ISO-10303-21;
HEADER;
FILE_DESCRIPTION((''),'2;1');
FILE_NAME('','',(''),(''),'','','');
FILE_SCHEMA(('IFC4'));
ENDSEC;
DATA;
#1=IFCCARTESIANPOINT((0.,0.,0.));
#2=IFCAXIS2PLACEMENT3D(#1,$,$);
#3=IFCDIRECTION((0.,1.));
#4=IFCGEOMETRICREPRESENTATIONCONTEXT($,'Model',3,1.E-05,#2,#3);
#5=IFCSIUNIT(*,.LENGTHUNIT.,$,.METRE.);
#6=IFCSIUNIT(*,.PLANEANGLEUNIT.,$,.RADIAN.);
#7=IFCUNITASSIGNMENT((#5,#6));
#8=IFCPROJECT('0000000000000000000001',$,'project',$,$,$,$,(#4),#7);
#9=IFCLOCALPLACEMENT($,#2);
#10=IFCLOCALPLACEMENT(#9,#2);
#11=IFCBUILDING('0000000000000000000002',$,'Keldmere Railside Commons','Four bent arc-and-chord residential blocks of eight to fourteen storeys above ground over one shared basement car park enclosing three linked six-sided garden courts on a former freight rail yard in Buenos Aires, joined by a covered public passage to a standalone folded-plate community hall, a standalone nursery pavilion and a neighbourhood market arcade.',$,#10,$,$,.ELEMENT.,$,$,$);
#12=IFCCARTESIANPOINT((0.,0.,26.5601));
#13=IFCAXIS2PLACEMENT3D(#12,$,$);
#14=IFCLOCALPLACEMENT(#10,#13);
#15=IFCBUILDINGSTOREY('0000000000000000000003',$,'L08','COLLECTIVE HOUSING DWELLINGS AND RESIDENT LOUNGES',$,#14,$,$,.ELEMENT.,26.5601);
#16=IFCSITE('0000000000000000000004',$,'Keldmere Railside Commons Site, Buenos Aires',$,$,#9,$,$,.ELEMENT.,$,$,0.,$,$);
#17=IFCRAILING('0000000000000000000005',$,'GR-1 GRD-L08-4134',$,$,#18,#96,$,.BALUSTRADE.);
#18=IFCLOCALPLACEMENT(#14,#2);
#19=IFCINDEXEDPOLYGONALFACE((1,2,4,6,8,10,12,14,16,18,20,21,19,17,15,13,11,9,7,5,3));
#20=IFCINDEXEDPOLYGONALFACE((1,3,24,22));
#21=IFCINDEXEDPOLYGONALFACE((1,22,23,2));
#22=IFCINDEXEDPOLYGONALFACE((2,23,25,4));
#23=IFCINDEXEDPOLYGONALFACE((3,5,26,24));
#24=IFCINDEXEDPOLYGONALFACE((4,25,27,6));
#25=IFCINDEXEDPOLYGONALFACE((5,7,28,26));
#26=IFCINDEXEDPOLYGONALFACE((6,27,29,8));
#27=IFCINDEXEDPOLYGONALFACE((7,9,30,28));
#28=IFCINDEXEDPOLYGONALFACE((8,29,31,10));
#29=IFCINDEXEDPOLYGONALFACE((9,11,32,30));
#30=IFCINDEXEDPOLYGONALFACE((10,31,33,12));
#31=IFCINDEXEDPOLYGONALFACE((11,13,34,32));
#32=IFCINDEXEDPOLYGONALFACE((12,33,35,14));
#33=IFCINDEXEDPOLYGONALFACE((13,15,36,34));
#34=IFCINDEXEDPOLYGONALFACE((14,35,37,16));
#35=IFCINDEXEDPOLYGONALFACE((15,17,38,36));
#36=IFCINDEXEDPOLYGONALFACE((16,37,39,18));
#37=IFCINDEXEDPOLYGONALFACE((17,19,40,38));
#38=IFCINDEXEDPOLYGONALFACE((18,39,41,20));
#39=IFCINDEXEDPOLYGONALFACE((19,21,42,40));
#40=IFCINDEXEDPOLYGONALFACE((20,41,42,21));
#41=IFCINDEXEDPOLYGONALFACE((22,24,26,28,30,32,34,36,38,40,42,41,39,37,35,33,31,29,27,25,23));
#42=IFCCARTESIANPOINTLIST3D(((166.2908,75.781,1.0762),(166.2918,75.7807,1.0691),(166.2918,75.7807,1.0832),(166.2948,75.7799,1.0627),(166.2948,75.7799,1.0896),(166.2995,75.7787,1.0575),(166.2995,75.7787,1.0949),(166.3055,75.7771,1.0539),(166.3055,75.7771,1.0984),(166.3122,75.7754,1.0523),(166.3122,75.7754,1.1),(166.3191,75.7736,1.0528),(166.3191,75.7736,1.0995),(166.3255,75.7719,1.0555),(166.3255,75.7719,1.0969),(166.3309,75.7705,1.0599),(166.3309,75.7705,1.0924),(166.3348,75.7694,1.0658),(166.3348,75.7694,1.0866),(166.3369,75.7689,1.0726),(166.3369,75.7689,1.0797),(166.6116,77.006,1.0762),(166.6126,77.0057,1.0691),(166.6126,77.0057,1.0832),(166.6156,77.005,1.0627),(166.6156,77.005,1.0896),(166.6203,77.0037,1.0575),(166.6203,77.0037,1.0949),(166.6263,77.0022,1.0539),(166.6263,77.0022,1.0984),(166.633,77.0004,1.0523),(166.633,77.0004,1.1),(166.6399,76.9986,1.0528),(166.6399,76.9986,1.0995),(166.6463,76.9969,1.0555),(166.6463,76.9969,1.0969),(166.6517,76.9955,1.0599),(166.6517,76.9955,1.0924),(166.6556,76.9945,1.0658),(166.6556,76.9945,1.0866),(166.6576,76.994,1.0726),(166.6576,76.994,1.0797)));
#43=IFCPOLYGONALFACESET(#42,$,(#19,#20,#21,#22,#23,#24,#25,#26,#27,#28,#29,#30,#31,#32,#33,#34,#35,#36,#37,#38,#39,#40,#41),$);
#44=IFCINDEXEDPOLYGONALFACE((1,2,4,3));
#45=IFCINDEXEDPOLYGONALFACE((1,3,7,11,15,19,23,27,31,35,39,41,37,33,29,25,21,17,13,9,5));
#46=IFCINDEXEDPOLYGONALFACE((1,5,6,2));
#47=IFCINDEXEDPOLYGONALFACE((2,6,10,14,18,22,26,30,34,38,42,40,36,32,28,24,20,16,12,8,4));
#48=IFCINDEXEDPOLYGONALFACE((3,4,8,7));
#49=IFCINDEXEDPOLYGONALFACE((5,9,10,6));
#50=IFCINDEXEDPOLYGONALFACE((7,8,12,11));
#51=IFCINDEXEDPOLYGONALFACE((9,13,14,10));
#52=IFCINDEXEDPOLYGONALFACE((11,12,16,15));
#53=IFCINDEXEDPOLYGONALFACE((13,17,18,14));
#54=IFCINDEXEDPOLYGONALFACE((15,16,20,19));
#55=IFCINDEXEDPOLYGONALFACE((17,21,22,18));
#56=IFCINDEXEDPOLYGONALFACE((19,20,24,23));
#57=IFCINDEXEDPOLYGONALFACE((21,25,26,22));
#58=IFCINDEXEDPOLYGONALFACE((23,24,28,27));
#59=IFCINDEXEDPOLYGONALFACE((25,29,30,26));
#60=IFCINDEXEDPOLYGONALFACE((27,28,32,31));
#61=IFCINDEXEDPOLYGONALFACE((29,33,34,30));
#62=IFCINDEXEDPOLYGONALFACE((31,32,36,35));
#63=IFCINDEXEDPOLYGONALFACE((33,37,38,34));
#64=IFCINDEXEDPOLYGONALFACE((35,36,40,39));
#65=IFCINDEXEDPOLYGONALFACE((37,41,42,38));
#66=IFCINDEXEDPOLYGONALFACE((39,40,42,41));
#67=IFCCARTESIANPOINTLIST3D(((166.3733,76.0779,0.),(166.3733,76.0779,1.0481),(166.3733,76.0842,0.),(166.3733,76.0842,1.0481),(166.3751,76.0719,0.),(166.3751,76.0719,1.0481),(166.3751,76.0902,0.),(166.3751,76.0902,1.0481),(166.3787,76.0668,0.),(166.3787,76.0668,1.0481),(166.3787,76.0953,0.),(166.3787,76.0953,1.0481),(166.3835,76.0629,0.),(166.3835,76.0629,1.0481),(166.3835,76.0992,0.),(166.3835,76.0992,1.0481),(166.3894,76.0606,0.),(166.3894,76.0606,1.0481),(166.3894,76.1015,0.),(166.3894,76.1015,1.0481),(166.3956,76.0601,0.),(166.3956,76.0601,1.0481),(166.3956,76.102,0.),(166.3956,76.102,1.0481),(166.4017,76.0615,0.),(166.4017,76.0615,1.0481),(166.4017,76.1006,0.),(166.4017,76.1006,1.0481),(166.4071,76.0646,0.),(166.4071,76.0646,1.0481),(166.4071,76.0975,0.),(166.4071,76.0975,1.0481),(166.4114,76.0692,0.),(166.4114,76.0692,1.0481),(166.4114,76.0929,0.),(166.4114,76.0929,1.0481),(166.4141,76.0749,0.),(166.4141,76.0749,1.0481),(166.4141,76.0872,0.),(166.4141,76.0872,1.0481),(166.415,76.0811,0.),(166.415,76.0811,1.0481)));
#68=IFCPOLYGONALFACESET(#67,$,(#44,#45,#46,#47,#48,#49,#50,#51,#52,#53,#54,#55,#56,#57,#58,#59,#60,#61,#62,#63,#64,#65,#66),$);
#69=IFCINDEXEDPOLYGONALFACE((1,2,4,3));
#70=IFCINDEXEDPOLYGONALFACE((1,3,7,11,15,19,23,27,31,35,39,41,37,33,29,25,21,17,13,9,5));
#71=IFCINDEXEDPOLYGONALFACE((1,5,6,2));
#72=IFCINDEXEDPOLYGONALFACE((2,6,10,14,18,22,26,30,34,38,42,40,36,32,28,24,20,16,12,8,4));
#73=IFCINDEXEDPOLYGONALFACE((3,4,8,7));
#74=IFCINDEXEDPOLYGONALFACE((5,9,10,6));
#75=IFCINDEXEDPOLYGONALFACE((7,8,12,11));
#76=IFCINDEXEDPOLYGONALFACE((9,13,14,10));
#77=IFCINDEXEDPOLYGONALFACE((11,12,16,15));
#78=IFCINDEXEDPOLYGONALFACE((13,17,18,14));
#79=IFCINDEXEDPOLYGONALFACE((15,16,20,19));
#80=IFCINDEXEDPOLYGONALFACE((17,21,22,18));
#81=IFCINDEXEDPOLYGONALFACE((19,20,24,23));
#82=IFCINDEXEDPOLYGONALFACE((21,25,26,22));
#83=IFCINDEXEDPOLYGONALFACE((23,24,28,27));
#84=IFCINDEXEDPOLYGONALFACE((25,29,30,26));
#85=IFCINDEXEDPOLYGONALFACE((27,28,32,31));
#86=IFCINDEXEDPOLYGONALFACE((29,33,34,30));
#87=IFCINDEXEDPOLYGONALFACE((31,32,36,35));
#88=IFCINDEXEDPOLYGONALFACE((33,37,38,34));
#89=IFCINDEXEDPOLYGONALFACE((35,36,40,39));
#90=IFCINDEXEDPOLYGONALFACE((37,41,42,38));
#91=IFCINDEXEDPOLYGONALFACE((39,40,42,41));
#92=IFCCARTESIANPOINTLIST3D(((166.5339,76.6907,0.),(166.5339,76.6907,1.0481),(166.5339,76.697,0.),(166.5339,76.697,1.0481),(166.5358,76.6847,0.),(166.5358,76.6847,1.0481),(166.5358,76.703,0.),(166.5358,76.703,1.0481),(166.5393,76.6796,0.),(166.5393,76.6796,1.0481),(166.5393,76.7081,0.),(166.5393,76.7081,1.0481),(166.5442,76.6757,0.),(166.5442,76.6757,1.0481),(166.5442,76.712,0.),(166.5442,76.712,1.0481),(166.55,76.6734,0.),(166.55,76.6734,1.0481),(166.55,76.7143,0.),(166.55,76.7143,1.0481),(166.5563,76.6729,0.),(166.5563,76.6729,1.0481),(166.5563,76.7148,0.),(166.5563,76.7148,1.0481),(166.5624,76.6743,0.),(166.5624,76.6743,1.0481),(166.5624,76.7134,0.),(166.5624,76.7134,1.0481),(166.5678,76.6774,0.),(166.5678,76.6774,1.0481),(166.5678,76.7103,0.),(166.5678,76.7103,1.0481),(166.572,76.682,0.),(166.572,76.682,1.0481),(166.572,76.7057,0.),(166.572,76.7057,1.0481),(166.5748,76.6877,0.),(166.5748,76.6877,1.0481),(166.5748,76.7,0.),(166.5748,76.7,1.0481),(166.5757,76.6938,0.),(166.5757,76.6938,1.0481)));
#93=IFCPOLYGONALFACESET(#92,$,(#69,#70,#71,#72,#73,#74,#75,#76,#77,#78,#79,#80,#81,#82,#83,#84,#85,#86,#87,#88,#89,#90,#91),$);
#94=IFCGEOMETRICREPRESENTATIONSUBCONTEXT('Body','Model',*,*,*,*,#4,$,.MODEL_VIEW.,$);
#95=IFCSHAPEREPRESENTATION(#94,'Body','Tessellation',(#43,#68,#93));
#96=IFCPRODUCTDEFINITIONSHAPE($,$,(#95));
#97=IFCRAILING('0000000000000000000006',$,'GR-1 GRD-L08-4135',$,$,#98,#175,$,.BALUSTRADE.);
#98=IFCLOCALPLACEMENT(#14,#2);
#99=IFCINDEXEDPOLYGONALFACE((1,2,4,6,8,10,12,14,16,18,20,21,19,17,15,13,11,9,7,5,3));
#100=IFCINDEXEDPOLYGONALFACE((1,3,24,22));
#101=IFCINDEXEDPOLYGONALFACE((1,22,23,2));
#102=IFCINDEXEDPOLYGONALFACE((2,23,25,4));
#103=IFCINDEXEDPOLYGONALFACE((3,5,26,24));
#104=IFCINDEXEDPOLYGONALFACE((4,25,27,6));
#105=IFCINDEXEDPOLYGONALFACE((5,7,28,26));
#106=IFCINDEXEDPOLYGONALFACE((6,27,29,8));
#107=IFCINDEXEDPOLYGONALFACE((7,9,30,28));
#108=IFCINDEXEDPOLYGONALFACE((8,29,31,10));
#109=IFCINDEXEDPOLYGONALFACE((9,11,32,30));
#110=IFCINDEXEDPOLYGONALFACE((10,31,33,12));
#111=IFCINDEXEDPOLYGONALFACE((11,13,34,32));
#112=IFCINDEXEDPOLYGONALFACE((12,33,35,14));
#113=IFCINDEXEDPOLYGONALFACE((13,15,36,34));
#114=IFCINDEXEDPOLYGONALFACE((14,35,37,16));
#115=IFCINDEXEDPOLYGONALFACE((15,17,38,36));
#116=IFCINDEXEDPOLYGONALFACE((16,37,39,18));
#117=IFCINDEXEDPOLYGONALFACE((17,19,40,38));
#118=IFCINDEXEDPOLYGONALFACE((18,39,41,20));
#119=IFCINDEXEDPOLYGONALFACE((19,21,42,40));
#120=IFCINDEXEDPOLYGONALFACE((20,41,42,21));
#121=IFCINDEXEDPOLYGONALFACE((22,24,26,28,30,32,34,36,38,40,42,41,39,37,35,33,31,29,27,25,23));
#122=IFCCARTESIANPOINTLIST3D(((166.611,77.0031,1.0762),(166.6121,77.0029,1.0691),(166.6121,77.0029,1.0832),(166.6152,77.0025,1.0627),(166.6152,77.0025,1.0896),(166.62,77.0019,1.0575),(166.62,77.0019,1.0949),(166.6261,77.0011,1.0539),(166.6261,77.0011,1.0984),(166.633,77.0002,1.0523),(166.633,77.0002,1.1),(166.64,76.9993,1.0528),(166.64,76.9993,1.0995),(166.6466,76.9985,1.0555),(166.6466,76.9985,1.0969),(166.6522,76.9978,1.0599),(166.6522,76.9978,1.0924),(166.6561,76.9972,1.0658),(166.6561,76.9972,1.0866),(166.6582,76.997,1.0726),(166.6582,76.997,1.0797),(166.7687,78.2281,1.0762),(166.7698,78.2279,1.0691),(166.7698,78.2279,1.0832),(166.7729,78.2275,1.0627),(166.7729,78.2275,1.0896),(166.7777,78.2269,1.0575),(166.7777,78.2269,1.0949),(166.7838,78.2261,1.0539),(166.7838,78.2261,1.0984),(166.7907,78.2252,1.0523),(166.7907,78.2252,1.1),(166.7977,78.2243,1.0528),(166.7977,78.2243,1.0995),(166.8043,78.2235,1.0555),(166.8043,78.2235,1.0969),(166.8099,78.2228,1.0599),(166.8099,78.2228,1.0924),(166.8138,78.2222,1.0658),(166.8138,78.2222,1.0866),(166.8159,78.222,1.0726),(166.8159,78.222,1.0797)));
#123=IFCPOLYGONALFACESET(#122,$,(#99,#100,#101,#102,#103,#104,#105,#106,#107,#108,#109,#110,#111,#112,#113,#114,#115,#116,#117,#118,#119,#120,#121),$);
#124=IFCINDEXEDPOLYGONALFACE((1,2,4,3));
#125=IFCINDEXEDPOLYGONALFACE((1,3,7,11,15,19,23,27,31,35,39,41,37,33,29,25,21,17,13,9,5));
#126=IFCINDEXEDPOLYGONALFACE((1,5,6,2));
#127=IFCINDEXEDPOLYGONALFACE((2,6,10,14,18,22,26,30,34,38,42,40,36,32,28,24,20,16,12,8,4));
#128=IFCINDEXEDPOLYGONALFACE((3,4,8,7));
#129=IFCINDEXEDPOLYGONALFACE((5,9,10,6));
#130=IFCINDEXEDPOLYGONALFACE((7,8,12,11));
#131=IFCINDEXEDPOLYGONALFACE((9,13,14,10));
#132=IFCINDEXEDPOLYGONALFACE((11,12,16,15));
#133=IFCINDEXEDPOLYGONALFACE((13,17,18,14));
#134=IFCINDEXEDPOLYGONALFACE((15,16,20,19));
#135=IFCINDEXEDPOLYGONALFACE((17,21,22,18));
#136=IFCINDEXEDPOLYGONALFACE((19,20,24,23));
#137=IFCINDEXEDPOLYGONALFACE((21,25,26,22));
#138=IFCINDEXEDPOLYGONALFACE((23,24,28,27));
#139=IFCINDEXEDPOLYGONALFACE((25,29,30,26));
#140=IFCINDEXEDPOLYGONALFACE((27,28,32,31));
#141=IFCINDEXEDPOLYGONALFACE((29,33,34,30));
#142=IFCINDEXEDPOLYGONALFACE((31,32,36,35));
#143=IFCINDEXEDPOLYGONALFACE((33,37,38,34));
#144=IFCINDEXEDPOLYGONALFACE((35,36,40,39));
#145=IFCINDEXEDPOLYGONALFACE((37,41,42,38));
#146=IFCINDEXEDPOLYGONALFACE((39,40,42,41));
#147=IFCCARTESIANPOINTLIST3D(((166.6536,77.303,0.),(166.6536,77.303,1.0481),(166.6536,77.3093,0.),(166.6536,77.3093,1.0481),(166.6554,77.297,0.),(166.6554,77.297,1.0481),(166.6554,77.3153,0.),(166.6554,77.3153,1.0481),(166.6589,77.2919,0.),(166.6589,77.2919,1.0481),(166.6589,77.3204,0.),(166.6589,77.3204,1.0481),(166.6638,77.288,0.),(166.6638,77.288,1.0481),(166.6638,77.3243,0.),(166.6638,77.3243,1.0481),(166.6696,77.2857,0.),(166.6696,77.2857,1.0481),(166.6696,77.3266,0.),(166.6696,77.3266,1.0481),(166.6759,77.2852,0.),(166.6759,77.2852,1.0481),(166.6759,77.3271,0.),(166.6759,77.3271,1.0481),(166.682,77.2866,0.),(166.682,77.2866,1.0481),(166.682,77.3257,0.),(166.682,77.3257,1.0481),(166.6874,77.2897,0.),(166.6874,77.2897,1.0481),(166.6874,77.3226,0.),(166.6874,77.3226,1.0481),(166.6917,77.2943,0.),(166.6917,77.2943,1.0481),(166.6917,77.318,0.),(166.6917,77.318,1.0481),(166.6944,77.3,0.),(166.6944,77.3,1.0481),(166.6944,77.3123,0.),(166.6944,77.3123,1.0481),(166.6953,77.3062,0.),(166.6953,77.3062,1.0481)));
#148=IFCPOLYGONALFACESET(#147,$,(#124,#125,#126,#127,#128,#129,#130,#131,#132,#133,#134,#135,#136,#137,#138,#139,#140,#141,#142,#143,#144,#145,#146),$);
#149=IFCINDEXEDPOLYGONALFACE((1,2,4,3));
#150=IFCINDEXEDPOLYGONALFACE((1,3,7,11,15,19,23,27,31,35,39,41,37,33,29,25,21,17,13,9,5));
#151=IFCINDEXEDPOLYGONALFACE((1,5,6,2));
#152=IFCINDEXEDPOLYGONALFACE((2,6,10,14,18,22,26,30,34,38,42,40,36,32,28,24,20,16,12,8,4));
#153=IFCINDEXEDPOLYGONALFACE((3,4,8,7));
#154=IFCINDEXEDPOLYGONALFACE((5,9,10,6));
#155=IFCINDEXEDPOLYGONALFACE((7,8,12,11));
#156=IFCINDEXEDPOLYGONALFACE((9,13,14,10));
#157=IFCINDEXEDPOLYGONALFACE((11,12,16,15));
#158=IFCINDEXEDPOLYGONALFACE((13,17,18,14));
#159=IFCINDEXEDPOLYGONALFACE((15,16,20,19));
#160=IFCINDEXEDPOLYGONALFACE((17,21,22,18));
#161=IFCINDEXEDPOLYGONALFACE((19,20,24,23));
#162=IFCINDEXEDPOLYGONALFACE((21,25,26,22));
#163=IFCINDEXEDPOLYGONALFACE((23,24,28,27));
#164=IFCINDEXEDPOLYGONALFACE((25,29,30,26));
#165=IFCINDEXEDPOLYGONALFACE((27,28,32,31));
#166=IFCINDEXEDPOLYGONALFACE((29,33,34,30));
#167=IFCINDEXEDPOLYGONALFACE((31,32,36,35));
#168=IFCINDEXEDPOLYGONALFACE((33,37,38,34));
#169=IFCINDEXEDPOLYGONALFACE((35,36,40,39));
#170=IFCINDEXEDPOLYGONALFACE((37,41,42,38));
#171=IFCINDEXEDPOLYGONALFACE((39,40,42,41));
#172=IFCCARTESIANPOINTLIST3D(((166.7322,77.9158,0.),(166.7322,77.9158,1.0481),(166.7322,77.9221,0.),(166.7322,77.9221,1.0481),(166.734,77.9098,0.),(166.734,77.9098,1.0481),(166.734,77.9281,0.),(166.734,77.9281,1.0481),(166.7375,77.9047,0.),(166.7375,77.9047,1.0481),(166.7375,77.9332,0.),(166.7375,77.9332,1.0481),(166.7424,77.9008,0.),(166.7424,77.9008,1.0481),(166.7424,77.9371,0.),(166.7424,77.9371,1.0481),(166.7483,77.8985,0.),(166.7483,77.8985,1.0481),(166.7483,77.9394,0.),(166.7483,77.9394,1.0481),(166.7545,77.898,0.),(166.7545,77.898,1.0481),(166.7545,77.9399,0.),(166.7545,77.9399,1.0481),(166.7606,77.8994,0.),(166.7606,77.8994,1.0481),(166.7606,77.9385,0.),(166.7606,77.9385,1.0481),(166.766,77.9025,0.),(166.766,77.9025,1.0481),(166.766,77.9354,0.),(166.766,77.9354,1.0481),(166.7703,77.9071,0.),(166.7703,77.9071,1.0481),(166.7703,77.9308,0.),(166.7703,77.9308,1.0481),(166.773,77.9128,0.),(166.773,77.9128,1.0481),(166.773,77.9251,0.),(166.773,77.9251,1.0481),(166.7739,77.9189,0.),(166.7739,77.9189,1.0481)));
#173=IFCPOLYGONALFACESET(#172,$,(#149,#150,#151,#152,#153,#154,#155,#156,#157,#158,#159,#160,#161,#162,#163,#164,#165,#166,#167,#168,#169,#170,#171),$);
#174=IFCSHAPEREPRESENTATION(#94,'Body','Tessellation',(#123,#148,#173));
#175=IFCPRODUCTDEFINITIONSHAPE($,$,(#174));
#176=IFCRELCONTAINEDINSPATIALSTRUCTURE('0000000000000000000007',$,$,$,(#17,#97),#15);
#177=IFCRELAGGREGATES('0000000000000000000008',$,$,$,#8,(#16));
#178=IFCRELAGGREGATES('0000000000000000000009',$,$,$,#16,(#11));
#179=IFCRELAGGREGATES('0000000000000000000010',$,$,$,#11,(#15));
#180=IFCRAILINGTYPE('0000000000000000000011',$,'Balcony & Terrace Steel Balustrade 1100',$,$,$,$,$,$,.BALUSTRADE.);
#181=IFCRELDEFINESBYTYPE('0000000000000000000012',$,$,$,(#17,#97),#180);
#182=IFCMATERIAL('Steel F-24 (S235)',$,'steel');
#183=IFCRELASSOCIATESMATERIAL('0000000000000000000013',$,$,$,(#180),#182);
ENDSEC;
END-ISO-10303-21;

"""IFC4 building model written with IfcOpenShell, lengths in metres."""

from ifc_helpers import new_model, si_unit, direction, frame, origin, origin_2d, place, context, subcontext, project, spatial, circle, extrude, material, type_object, element, save


model = new_model("IFC4")

# Units and contexts
model_context = context("Model", 3, precision=1e-05, world=origin(), true_north=direction((0.0, 1.0)))
body_context = subcontext(model_context, "Body", "Model", "MODEL_VIEW")
ifc_project = project(units=[si_unit("LENGTHUNIT", "METRE"), si_unit("PLANEANGLEUNIT", "RADIAN")], contexts=[model_context])

# Site, building, storey
site_placement = place(None, origin())
site = spatial("IfcSite", under=ifc_project, at=site_placement, Name="Keldmere Railside Commons Site, Buenos Aires", CompositionType="ELEMENT", RefElevation=0.0)
building_placement = place(site_placement, origin())
building = spatial("IfcBuilding", under=site, at=building_placement, Name="Keldmere Railside Commons", Description="Four bent arc-and-chord residential blocks of eight to fourteen storeys above ground over one shared basement car park enclosing three linked six-sided garden courts on a former freight rail yard in Buenos Aires, joined by a covered public passage to a standalone folded-plate community hall, a standalone nursery pavilion and a neighbourhood market arcade.", CompositionType="ELEMENT")
storey_placement = place(building_placement, frame((0.0, 0.0, 26.5601)))
storey = spatial("IfcBuildingStorey", under=building, at=storey_placement, Name="L08", Description="COLLECTIVE HOUSING DWELLINGS AND RESIDENT LOUNGES", CompositionType="ELEMENT", Elevation=26.5601)

# Railings
ifc_material_1 = material(Name="Steel F-24 (S235)", Category="steel")
railing_type = type_object("IfcRailingType", Name="Balcony & Terrace Steel Balustrade 1100", PredefinedType="BALUSTRADE", material=ifc_material_1)
railing_1_placement = place(storey_placement, frame((166.314, 75.7749, 0.0)))
element("IfcRailing", 1, at=railing_1_placement, inside=storey, type_object=railing_type, Name="GR-1 GRD-L08-4134", PredefinedType="BALUSTRADE", context=body_context, shape_type="SweptSolid", body=[
    extrude(circle(Radius=0.0239, at=origin_2d()), frame((0.0, 0.0, 1.0762), z_axis=(0.253316, 0.967383, 0.0), x_axis=(-0.967383, 0.253316, 0.0)), (0.0, 0.0, 1.0), 1.2664),
    extrude(circle(Radius=0.021, at=origin_2d()), frame((0.0801, 0.3062, 0.0)), (0.0, 0.0, 1.0), 1.0481),
    extrude(circle(Radius=0.021, at=origin_2d()), frame((0.2407, 0.9189, 0.0)), (0.0, 0.0, 1.0), 1.0481),
])
railing_2_placement = place(storey_placement, frame((166.6348, 77.0, 0.0)))
element("IfcRailing", 2, at=railing_2_placement, inside=storey, type_object=railing_type, Name="GR-1 GRD-L08-4135", PredefinedType="BALUSTRADE", context=body_context, shape_type="SweptSolid", body=[
    extrude(circle(Radius=0.0239, at=origin_2d()), frame((0.0, 0.0, 1.0762), z_axis=(0.127683, 0.991815, 0.0), x_axis=(-0.991815, 0.127683, 0.0)), (0.0, 0.0, 1.0), 1.2351),
    extrude(circle(Radius=0.021, at=origin_2d()), frame((0.0396, 0.3062, 0.0)), (0.0, 0.0, 1.0), 1.0481),
    extrude(circle(Radius=0.021, at=origin_2d()), frame((0.1182, 0.9189, 0.0)), (0.0, 0.0, 1.0), 1.0481),
])

save(model, "model.ifc")
